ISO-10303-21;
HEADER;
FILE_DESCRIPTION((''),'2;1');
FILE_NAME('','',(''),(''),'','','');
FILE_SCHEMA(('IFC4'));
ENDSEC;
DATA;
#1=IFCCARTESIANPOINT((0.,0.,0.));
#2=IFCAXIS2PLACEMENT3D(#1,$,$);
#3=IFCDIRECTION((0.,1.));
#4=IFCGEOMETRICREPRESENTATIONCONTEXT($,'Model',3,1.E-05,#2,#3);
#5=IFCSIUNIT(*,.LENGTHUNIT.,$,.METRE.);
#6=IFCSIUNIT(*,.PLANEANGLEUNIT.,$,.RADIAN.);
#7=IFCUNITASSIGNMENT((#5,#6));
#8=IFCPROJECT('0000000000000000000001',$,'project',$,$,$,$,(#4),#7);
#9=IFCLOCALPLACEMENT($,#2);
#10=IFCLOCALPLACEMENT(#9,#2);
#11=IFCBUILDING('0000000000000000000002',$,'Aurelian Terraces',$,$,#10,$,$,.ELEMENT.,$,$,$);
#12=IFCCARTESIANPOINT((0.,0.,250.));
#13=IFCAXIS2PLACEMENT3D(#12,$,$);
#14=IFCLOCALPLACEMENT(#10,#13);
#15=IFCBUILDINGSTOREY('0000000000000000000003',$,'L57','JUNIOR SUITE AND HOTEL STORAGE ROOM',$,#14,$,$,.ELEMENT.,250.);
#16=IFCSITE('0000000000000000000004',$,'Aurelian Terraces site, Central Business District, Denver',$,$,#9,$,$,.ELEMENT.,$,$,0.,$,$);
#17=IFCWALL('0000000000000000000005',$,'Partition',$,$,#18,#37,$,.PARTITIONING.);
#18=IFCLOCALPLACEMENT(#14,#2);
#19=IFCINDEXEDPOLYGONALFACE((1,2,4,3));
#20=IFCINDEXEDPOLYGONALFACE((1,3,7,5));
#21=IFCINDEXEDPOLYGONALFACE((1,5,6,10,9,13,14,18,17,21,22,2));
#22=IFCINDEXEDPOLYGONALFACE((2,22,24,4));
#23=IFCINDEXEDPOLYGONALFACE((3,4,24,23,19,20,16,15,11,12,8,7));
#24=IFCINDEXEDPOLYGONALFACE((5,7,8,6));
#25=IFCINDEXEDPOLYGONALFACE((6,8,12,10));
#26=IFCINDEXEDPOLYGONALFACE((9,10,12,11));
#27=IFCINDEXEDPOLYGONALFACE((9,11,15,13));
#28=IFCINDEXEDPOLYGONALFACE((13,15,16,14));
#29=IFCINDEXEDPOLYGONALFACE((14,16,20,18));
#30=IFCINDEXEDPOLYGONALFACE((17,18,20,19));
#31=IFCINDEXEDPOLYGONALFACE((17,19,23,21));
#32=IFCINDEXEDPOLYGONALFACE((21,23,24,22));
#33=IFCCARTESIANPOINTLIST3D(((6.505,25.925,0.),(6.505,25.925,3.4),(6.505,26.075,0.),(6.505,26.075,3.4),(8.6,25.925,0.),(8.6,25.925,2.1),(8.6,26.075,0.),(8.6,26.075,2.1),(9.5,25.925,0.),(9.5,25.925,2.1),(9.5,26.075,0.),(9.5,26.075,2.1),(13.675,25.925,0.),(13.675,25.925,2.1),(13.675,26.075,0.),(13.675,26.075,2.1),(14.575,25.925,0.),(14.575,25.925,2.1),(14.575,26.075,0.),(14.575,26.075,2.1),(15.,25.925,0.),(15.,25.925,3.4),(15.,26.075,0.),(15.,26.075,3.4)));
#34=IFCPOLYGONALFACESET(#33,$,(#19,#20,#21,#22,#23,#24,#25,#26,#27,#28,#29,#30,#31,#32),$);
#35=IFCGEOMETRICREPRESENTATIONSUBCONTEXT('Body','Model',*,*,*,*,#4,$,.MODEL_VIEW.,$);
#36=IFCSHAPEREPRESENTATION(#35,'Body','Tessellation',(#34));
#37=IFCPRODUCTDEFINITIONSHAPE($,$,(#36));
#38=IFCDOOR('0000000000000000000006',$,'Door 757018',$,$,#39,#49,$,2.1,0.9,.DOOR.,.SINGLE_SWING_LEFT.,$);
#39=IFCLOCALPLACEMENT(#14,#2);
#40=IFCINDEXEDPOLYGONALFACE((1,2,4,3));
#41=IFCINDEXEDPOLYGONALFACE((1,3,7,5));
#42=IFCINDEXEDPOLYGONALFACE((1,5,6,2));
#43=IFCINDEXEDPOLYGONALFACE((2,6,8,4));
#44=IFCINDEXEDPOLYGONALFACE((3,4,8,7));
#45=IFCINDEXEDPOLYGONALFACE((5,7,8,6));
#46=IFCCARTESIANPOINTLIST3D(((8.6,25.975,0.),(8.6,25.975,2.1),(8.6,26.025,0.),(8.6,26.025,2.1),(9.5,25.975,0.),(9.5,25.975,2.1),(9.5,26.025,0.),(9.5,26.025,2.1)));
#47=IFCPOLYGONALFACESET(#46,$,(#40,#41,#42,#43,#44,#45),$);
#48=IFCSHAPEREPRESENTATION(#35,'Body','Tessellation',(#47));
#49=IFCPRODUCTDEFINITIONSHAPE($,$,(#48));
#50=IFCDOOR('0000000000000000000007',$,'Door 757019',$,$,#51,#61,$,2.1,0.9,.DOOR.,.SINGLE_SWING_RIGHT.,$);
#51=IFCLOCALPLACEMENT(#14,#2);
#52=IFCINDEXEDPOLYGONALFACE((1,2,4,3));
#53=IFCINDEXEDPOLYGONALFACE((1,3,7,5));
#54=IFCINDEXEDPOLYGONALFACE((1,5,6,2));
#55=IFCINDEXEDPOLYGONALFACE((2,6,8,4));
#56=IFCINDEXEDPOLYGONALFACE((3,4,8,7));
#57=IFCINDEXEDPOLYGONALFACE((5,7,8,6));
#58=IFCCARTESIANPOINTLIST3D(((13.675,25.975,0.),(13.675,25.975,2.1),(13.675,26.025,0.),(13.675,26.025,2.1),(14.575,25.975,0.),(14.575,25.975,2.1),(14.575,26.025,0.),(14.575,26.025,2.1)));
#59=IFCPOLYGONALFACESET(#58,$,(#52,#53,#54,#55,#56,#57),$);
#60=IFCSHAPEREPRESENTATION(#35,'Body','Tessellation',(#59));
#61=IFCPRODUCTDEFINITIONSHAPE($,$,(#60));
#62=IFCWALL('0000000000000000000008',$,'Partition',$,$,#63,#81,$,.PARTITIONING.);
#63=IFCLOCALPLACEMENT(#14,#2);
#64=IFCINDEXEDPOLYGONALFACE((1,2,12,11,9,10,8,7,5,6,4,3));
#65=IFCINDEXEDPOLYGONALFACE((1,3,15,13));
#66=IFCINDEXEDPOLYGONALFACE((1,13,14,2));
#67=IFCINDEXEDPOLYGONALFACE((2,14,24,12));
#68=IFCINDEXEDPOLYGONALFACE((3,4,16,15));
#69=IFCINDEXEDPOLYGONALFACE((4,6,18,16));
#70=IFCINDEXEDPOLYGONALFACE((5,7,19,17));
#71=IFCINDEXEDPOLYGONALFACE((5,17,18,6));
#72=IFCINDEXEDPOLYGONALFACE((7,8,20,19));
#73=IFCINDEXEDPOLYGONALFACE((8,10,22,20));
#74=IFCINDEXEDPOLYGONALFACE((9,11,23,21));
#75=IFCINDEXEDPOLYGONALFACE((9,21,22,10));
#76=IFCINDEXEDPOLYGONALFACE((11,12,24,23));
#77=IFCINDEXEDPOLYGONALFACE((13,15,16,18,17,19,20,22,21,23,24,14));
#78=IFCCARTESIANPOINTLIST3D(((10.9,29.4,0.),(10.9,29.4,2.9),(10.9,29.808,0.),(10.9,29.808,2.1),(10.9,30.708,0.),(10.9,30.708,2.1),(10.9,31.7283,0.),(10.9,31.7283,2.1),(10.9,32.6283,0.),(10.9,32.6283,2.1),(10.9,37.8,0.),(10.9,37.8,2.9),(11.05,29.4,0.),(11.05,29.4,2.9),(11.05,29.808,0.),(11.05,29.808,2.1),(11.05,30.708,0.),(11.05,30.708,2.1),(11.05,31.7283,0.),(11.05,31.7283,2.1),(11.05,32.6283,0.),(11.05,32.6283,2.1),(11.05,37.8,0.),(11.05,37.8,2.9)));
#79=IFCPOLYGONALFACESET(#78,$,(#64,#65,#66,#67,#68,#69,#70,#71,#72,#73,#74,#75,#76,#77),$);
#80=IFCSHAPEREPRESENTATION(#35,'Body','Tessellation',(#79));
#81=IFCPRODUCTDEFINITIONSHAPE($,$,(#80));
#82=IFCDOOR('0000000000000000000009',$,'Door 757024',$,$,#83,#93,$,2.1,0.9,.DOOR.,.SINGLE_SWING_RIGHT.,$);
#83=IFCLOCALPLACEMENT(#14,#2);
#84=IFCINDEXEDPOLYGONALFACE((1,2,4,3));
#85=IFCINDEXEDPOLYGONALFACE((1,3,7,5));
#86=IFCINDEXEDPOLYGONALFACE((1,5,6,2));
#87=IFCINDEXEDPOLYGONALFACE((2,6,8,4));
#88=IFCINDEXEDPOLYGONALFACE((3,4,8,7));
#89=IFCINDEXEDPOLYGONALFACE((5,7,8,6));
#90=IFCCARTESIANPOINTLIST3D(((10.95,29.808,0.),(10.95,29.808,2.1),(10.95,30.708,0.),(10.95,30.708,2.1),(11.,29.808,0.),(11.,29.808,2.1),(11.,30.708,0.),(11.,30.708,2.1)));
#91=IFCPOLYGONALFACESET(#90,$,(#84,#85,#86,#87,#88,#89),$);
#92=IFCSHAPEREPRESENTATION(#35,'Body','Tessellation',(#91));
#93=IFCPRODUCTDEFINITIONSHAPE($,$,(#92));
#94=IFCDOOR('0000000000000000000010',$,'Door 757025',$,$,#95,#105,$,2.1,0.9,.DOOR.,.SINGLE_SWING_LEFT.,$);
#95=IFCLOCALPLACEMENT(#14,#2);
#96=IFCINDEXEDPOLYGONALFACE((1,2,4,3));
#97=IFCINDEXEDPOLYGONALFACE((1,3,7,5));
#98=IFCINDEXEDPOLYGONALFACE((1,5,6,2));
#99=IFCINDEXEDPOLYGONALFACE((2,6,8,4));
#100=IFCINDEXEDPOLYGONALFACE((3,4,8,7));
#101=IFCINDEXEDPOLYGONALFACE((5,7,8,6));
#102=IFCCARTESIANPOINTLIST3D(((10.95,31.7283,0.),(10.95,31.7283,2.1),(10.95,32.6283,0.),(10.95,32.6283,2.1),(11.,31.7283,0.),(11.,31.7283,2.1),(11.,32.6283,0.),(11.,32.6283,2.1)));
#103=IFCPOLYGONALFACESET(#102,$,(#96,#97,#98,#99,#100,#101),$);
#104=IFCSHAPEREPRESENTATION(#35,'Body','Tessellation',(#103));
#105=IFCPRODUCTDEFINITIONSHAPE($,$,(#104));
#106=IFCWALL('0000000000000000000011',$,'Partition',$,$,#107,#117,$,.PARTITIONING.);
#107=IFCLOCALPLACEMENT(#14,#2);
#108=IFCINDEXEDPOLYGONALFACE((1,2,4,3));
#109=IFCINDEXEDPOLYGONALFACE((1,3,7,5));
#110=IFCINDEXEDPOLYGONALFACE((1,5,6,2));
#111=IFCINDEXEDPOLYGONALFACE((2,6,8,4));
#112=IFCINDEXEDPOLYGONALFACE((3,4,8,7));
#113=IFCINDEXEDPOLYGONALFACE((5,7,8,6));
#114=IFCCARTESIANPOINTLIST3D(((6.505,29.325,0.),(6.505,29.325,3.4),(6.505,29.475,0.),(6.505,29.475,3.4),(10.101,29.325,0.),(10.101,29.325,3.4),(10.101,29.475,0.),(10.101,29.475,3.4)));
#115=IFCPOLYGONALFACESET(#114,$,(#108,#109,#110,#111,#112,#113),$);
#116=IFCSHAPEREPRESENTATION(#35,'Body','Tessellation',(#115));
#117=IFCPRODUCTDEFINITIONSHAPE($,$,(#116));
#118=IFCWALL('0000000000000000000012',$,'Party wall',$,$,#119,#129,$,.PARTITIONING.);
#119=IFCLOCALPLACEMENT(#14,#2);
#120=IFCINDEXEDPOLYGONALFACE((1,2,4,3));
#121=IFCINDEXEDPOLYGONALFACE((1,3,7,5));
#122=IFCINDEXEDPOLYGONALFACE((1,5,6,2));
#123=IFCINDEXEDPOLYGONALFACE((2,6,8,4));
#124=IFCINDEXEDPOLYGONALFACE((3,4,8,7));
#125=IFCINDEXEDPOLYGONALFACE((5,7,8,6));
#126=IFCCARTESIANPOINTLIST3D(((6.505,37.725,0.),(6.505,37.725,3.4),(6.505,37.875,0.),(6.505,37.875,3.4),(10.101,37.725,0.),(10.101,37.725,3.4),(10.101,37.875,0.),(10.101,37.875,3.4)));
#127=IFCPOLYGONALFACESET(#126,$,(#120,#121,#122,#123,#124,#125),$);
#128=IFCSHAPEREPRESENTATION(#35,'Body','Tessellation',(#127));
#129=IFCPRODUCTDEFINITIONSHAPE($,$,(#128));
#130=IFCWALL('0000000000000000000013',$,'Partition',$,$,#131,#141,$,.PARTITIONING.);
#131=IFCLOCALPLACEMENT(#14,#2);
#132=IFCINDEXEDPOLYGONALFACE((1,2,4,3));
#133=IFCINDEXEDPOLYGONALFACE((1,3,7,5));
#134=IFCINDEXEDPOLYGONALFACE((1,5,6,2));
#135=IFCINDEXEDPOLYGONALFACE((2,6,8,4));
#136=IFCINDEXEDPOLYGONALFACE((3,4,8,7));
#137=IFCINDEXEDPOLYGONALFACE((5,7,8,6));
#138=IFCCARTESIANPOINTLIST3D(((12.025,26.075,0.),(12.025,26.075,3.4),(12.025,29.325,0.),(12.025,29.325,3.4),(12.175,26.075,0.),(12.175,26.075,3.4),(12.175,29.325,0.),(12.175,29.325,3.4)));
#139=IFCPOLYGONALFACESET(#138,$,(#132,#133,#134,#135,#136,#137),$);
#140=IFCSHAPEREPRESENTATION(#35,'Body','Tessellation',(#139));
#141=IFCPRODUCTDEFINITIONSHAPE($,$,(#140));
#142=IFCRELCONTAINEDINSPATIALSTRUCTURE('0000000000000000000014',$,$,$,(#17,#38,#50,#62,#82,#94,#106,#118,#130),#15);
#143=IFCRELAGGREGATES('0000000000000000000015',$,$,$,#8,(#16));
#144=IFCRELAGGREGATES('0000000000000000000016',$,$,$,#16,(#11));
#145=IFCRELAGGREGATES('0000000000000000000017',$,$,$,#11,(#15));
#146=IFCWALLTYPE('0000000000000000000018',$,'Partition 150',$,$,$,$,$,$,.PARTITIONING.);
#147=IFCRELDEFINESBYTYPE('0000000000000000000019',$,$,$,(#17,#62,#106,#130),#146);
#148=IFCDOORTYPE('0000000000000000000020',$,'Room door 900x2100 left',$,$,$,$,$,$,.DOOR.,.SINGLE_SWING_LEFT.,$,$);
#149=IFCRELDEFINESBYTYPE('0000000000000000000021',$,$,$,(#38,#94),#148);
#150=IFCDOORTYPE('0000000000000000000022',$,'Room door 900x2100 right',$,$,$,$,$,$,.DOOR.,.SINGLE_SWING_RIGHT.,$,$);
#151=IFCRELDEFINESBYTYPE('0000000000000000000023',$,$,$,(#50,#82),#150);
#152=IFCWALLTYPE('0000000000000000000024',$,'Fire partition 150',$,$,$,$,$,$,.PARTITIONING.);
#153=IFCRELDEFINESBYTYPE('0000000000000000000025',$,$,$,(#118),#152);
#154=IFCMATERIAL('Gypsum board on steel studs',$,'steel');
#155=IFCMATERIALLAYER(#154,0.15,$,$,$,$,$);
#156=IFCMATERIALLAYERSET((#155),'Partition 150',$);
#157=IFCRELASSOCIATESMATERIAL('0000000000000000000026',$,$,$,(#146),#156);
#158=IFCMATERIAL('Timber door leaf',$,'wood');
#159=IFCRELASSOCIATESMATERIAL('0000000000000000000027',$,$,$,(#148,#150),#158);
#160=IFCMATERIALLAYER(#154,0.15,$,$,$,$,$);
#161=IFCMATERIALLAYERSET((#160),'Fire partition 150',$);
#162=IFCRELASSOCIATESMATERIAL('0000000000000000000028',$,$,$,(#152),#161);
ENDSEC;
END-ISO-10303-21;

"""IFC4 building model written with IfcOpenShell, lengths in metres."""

from ifc_helpers import new_model, si_unit, direction, frame, frame_2d, origin, place, context, subcontext, project, spatial, rectangle, extrude, source, transform, mapped, material, layer, layer_set, type_object, element, fill, save


model = new_model("IFC4")

# Units and contexts
model_context = context("Model", 3, precision=1e-05, world=origin(), true_north=direction((0.0, 1.0)))
body_context = subcontext(model_context, "Body", "Model", "MODEL_VIEW")
ifc_project = project(units=[si_unit("LENGTHUNIT", "METRE"), si_unit("PLANEANGLEUNIT", "RADIAN")], contexts=[model_context])

# Site, building, storey
site_placement = place(None, origin())
site = spatial("IfcSite", under=ifc_project, at=site_placement, Name="Aurelian Terraces site, Central Business District, Denver", CompositionType="ELEMENT", RefElevation=0.0)
building_placement = place(site_placement, origin())
building = spatial("IfcBuilding", under=site, at=building_placement, Name="Aurelian Terraces", CompositionType="ELEMENT")
storey_placement = place(building_placement, frame((0.0, 0.0, 250.0)))
storey = spatial("IfcBuildingStorey", under=building, at=storey_placement, Name="L57", Description="JUNIOR SUITE AND HOTEL STORAGE ROOM", CompositionType="ELEMENT", Elevation=250.0)

# Walls, openings, doors
ifc_material_1 = material(Name="Gypsum board on steel studs", Category="steel")
ifc_layer_1 = layer(ifc_material_1, 0.15)
ifc_layer_set_1 = layer_set([ifc_layer_1], Name="Partition 150")
wall_type_1 = type_object("IfcWallType", Name="Partition 150", PredefinedType="PARTITIONING", material=ifc_layer_set_1)
shared_shape_1 = source(origin(), body_context, "Body", "SweptSolid", [
    extrude(rectangle(XDim=8.495, YDim=0.15, at=frame_2d((4.2475, 0.0))), origin(), (0.0, 0.0, 1.0), 3.4),
])
wall_1_placement = place(storey_placement, frame((6.505, 26.0, 0.0), z_axis=(0.0, 0.0, 1.0), x_axis=(1.0, 0.0, 0.0)))
wall_1 = element("IfcWall", 1, at=wall_1_placement, inside=storey, type_object=wall_type_1, Name="Partition", PredefinedType="PARTITIONING", context=body_context, shape_type="MappedRepresentation", body=[
    mapped(shared_shape_1, transform((0.0, 0.0, 0.0), scale=1.0)),
])
shared_shape_2 = source(origin(), body_context, "Body", "SweptSolid", [
    extrude(rectangle(XDim=0.9, YDim=2.1, at=frame_2d((0.45, 1.05))), frame((0.0, 0.085, 0.0), z_axis=(0.0, -1.0, 0.0), x_axis=(1.0, 0.0, 0.0)), (0.0, 0.0, 1.0), 0.17),
])
opening_1_placement = place(wall_1_placement, frame((2.095, 0.0, 0.0)))
opening_1 = element("IfcOpeningElement", 2, at=opening_1_placement, cuts=wall_1, PredefinedType="OPENING", context=body_context, shape_type="MappedRepresentation", body=[
    mapped(shared_shape_2, transform((0.0, 0.0, 0.0), scale=1.0)),
])
opening_2_placement = place(wall_1_placement, frame((7.17, 0.0, 0.0)))
opening_2 = element("IfcOpeningElement", 3, at=opening_2_placement, cuts=wall_1, PredefinedType="OPENING", context=body_context, shape_type="MappedRepresentation", body=[
    mapped(shared_shape_2, transform((0.0, 0.0, 0.0), scale=1.0)),
])
ifc_material_2 = material(Name="Timber door leaf", Category="wood")
door_type_1 = type_object("IfcDoorType", Name="Room door 900x2100 left", OperationType="SINGLE_SWING_LEFT", PredefinedType="DOOR", material=ifc_material_2)
shared_shape_3 = source(origin(), body_context, "Body", "SweptSolid", [
    extrude(rectangle(XDim=0.9, YDim=2.1, at=frame_2d((0.45, 1.05))), frame((0.0, 0.025, 0.0), z_axis=(0.0, -1.0, 0.0), x_axis=(1.0, 0.0, 0.0)), (0.0, 0.0, 1.0), 0.05),
])
door_1_placement = place(opening_1_placement, origin())
door_1 = element("IfcDoor", 4, at=door_1_placement, inside=storey, type_object=door_type_1, Name="Door 757018", OperationType="SINGLE_SWING_LEFT", OverallHeight=2.1, OverallWidth=0.9, PredefinedType="DOOR", context=body_context, shape_type="MappedRepresentation", body=[
    mapped(shared_shape_3, transform((0.0, 0.0, 0.0), scale=1.0)),
])
fill(opening_1, door_1)
door_type_2 = type_object("IfcDoorType", Name="Room door 900x2100 right", OperationType="SINGLE_SWING_RIGHT", PredefinedType="DOOR", material=ifc_material_2)
door_2_placement = place(opening_2_placement, origin())
door_2 = element("IfcDoor", 5, at=door_2_placement, inside=storey, type_object=door_type_2, Name="Door 757019", OperationType="SINGLE_SWING_RIGHT", OverallHeight=2.1, OverallWidth=0.9, PredefinedType="DOOR", context=body_context, shape_type="MappedRepresentation", body=[
    mapped(shared_shape_3, transform((0.0, 0.0, 0.0), scale=1.0)),
])
fill(opening_2, door_2)
shared_shape_4 = source(origin(), body_context, "Body", "SweptSolid", [
    extrude(rectangle(XDim=8.4, YDim=0.15, at=frame_2d((4.2, 0.0))), origin(), (0.0, 0.0, 1.0), 2.9),
])
wall_2_placement = place(storey_placement, frame((10.975, 29.4, 0.0), z_axis=(0.0, 0.0, 1.0), x_axis=(0.0, 1.0, 0.0)))
wall_2 = element("IfcWall", 6, at=wall_2_placement, inside=storey, type_object=wall_type_1, Name="Partition", PredefinedType="PARTITIONING", context=body_context, shape_type="MappedRepresentation", body=[
    mapped(shared_shape_4, transform((0.0, 0.0, 0.0), scale=1.0)),
])
opening_3_placement = place(wall_2_placement, frame((0.408, 0.0, 0.0)))
opening_3 = element("IfcOpeningElement", 7, at=opening_3_placement, cuts=wall_2, PredefinedType="OPENING", context=body_context, shape_type="MappedRepresentation", body=[
    mapped(shared_shape_2, transform((0.0, 0.0, 0.0), scale=1.0)),
])
opening_4_placement = place(wall_2_placement, frame((2.3283, 0.0, 0.0)))
opening_4 = element("IfcOpeningElement", 8, at=opening_4_placement, cuts=wall_2, PredefinedType="OPENING", context=body_context, shape_type="MappedRepresentation", body=[
    mapped(shared_shape_2, transform((0.0, 0.0, 0.0), scale=1.0)),
])
door_3_placement = place(opening_3_placement, origin())
door_3 = element("IfcDoor", 9, at=door_3_placement, inside=storey, type_object=door_type_2, Name="Door 757024", OperationType="SINGLE_SWING_RIGHT", OverallHeight=2.1, OverallWidth=0.9, PredefinedType="DOOR", context=body_context, shape_type="MappedRepresentation", body=[
    mapped(shared_shape_3, transform((0.0, 0.0, 0.0), scale=1.0)),
])
fill(opening_3, door_3)
door_4_placement = place(opening_4_placement, origin())
door_4 = element("IfcDoor", 10, at=door_4_placement, inside=storey, type_object=door_type_1, Name="Door 757025", OperationType="SINGLE_SWING_LEFT", OverallHeight=2.1, OverallWidth=0.9, PredefinedType="DOOR", context=body_context, shape_type="MappedRepresentation", body=[
    mapped(shared_shape_3, transform((0.0, 0.0, 0.0), scale=1.0)),
])
fill(opening_4, door_4)

# Walls
shared_shape_5 = source(origin(), body_context, "Body", "SweptSolid", [
    extrude(rectangle(XDim=3.596, YDim=0.15, at=frame_2d((1.798, 0.0))), origin(), (0.0, 0.0, 1.0), 3.4),
])
wall_3_placement = place(storey_placement, frame((10.101, 29.4, 0.0), z_axis=(0.0, 0.0, 1.0), x_axis=(-1.0, 0.0, 0.0)))
element("IfcWall", 11, at=wall_3_placement, inside=storey, type_object=wall_type_1, Name="Partition", PredefinedType="PARTITIONING", context=body_context, shape_type="MappedRepresentation", body=[
    mapped(shared_shape_5, transform((0.0, 0.0, 0.0), scale=1.0)),
])
ifc_layer_2 = layer(ifc_material_1, 0.15)
ifc_layer_set_2 = layer_set([ifc_layer_2], Name="Fire partition 150")
wall_type_2 = type_object("IfcWallType", Name="Fire partition 150", PredefinedType="PARTITIONING", material=ifc_layer_set_2)
wall_4_placement = place(storey_placement, frame((10.101, 37.8, 0.0), z_axis=(0.0, 0.0, 1.0), x_axis=(-1.0, 0.0, 0.0)))
element("IfcWall", 12, at=wall_4_placement, inside=storey, type_object=wall_type_2, Name="Party wall", PredefinedType="PARTITIONING", context=body_context, shape_type="MappedRepresentation", body=[
    mapped(shared_shape_5, transform((0.0, 0.0, 0.0), scale=1.0)),
])
shared_shape_6 = source(origin(), body_context, "Body", "SweptSolid", [
    extrude(rectangle(XDim=3.25, YDim=0.15, at=frame_2d((1.625, 0.0))), origin(), (0.0, 0.0, 1.0), 3.4),
])
wall_5_placement = place(storey_placement, frame((12.1, 26.075, 0.0), z_axis=(0.0, 0.0, 1.0), x_axis=(0.0, 1.0, 0.0)))
element("IfcWall", 13, at=wall_5_placement, inside=storey, type_object=wall_type_1, Name="Partition", PredefinedType="PARTITIONING", context=body_context, shape_type="MappedRepresentation", body=[
    mapped(shared_shape_6, transform((0.0, 0.0, 0.0), scale=1.0)),
])

save(model, "model.ifc")
